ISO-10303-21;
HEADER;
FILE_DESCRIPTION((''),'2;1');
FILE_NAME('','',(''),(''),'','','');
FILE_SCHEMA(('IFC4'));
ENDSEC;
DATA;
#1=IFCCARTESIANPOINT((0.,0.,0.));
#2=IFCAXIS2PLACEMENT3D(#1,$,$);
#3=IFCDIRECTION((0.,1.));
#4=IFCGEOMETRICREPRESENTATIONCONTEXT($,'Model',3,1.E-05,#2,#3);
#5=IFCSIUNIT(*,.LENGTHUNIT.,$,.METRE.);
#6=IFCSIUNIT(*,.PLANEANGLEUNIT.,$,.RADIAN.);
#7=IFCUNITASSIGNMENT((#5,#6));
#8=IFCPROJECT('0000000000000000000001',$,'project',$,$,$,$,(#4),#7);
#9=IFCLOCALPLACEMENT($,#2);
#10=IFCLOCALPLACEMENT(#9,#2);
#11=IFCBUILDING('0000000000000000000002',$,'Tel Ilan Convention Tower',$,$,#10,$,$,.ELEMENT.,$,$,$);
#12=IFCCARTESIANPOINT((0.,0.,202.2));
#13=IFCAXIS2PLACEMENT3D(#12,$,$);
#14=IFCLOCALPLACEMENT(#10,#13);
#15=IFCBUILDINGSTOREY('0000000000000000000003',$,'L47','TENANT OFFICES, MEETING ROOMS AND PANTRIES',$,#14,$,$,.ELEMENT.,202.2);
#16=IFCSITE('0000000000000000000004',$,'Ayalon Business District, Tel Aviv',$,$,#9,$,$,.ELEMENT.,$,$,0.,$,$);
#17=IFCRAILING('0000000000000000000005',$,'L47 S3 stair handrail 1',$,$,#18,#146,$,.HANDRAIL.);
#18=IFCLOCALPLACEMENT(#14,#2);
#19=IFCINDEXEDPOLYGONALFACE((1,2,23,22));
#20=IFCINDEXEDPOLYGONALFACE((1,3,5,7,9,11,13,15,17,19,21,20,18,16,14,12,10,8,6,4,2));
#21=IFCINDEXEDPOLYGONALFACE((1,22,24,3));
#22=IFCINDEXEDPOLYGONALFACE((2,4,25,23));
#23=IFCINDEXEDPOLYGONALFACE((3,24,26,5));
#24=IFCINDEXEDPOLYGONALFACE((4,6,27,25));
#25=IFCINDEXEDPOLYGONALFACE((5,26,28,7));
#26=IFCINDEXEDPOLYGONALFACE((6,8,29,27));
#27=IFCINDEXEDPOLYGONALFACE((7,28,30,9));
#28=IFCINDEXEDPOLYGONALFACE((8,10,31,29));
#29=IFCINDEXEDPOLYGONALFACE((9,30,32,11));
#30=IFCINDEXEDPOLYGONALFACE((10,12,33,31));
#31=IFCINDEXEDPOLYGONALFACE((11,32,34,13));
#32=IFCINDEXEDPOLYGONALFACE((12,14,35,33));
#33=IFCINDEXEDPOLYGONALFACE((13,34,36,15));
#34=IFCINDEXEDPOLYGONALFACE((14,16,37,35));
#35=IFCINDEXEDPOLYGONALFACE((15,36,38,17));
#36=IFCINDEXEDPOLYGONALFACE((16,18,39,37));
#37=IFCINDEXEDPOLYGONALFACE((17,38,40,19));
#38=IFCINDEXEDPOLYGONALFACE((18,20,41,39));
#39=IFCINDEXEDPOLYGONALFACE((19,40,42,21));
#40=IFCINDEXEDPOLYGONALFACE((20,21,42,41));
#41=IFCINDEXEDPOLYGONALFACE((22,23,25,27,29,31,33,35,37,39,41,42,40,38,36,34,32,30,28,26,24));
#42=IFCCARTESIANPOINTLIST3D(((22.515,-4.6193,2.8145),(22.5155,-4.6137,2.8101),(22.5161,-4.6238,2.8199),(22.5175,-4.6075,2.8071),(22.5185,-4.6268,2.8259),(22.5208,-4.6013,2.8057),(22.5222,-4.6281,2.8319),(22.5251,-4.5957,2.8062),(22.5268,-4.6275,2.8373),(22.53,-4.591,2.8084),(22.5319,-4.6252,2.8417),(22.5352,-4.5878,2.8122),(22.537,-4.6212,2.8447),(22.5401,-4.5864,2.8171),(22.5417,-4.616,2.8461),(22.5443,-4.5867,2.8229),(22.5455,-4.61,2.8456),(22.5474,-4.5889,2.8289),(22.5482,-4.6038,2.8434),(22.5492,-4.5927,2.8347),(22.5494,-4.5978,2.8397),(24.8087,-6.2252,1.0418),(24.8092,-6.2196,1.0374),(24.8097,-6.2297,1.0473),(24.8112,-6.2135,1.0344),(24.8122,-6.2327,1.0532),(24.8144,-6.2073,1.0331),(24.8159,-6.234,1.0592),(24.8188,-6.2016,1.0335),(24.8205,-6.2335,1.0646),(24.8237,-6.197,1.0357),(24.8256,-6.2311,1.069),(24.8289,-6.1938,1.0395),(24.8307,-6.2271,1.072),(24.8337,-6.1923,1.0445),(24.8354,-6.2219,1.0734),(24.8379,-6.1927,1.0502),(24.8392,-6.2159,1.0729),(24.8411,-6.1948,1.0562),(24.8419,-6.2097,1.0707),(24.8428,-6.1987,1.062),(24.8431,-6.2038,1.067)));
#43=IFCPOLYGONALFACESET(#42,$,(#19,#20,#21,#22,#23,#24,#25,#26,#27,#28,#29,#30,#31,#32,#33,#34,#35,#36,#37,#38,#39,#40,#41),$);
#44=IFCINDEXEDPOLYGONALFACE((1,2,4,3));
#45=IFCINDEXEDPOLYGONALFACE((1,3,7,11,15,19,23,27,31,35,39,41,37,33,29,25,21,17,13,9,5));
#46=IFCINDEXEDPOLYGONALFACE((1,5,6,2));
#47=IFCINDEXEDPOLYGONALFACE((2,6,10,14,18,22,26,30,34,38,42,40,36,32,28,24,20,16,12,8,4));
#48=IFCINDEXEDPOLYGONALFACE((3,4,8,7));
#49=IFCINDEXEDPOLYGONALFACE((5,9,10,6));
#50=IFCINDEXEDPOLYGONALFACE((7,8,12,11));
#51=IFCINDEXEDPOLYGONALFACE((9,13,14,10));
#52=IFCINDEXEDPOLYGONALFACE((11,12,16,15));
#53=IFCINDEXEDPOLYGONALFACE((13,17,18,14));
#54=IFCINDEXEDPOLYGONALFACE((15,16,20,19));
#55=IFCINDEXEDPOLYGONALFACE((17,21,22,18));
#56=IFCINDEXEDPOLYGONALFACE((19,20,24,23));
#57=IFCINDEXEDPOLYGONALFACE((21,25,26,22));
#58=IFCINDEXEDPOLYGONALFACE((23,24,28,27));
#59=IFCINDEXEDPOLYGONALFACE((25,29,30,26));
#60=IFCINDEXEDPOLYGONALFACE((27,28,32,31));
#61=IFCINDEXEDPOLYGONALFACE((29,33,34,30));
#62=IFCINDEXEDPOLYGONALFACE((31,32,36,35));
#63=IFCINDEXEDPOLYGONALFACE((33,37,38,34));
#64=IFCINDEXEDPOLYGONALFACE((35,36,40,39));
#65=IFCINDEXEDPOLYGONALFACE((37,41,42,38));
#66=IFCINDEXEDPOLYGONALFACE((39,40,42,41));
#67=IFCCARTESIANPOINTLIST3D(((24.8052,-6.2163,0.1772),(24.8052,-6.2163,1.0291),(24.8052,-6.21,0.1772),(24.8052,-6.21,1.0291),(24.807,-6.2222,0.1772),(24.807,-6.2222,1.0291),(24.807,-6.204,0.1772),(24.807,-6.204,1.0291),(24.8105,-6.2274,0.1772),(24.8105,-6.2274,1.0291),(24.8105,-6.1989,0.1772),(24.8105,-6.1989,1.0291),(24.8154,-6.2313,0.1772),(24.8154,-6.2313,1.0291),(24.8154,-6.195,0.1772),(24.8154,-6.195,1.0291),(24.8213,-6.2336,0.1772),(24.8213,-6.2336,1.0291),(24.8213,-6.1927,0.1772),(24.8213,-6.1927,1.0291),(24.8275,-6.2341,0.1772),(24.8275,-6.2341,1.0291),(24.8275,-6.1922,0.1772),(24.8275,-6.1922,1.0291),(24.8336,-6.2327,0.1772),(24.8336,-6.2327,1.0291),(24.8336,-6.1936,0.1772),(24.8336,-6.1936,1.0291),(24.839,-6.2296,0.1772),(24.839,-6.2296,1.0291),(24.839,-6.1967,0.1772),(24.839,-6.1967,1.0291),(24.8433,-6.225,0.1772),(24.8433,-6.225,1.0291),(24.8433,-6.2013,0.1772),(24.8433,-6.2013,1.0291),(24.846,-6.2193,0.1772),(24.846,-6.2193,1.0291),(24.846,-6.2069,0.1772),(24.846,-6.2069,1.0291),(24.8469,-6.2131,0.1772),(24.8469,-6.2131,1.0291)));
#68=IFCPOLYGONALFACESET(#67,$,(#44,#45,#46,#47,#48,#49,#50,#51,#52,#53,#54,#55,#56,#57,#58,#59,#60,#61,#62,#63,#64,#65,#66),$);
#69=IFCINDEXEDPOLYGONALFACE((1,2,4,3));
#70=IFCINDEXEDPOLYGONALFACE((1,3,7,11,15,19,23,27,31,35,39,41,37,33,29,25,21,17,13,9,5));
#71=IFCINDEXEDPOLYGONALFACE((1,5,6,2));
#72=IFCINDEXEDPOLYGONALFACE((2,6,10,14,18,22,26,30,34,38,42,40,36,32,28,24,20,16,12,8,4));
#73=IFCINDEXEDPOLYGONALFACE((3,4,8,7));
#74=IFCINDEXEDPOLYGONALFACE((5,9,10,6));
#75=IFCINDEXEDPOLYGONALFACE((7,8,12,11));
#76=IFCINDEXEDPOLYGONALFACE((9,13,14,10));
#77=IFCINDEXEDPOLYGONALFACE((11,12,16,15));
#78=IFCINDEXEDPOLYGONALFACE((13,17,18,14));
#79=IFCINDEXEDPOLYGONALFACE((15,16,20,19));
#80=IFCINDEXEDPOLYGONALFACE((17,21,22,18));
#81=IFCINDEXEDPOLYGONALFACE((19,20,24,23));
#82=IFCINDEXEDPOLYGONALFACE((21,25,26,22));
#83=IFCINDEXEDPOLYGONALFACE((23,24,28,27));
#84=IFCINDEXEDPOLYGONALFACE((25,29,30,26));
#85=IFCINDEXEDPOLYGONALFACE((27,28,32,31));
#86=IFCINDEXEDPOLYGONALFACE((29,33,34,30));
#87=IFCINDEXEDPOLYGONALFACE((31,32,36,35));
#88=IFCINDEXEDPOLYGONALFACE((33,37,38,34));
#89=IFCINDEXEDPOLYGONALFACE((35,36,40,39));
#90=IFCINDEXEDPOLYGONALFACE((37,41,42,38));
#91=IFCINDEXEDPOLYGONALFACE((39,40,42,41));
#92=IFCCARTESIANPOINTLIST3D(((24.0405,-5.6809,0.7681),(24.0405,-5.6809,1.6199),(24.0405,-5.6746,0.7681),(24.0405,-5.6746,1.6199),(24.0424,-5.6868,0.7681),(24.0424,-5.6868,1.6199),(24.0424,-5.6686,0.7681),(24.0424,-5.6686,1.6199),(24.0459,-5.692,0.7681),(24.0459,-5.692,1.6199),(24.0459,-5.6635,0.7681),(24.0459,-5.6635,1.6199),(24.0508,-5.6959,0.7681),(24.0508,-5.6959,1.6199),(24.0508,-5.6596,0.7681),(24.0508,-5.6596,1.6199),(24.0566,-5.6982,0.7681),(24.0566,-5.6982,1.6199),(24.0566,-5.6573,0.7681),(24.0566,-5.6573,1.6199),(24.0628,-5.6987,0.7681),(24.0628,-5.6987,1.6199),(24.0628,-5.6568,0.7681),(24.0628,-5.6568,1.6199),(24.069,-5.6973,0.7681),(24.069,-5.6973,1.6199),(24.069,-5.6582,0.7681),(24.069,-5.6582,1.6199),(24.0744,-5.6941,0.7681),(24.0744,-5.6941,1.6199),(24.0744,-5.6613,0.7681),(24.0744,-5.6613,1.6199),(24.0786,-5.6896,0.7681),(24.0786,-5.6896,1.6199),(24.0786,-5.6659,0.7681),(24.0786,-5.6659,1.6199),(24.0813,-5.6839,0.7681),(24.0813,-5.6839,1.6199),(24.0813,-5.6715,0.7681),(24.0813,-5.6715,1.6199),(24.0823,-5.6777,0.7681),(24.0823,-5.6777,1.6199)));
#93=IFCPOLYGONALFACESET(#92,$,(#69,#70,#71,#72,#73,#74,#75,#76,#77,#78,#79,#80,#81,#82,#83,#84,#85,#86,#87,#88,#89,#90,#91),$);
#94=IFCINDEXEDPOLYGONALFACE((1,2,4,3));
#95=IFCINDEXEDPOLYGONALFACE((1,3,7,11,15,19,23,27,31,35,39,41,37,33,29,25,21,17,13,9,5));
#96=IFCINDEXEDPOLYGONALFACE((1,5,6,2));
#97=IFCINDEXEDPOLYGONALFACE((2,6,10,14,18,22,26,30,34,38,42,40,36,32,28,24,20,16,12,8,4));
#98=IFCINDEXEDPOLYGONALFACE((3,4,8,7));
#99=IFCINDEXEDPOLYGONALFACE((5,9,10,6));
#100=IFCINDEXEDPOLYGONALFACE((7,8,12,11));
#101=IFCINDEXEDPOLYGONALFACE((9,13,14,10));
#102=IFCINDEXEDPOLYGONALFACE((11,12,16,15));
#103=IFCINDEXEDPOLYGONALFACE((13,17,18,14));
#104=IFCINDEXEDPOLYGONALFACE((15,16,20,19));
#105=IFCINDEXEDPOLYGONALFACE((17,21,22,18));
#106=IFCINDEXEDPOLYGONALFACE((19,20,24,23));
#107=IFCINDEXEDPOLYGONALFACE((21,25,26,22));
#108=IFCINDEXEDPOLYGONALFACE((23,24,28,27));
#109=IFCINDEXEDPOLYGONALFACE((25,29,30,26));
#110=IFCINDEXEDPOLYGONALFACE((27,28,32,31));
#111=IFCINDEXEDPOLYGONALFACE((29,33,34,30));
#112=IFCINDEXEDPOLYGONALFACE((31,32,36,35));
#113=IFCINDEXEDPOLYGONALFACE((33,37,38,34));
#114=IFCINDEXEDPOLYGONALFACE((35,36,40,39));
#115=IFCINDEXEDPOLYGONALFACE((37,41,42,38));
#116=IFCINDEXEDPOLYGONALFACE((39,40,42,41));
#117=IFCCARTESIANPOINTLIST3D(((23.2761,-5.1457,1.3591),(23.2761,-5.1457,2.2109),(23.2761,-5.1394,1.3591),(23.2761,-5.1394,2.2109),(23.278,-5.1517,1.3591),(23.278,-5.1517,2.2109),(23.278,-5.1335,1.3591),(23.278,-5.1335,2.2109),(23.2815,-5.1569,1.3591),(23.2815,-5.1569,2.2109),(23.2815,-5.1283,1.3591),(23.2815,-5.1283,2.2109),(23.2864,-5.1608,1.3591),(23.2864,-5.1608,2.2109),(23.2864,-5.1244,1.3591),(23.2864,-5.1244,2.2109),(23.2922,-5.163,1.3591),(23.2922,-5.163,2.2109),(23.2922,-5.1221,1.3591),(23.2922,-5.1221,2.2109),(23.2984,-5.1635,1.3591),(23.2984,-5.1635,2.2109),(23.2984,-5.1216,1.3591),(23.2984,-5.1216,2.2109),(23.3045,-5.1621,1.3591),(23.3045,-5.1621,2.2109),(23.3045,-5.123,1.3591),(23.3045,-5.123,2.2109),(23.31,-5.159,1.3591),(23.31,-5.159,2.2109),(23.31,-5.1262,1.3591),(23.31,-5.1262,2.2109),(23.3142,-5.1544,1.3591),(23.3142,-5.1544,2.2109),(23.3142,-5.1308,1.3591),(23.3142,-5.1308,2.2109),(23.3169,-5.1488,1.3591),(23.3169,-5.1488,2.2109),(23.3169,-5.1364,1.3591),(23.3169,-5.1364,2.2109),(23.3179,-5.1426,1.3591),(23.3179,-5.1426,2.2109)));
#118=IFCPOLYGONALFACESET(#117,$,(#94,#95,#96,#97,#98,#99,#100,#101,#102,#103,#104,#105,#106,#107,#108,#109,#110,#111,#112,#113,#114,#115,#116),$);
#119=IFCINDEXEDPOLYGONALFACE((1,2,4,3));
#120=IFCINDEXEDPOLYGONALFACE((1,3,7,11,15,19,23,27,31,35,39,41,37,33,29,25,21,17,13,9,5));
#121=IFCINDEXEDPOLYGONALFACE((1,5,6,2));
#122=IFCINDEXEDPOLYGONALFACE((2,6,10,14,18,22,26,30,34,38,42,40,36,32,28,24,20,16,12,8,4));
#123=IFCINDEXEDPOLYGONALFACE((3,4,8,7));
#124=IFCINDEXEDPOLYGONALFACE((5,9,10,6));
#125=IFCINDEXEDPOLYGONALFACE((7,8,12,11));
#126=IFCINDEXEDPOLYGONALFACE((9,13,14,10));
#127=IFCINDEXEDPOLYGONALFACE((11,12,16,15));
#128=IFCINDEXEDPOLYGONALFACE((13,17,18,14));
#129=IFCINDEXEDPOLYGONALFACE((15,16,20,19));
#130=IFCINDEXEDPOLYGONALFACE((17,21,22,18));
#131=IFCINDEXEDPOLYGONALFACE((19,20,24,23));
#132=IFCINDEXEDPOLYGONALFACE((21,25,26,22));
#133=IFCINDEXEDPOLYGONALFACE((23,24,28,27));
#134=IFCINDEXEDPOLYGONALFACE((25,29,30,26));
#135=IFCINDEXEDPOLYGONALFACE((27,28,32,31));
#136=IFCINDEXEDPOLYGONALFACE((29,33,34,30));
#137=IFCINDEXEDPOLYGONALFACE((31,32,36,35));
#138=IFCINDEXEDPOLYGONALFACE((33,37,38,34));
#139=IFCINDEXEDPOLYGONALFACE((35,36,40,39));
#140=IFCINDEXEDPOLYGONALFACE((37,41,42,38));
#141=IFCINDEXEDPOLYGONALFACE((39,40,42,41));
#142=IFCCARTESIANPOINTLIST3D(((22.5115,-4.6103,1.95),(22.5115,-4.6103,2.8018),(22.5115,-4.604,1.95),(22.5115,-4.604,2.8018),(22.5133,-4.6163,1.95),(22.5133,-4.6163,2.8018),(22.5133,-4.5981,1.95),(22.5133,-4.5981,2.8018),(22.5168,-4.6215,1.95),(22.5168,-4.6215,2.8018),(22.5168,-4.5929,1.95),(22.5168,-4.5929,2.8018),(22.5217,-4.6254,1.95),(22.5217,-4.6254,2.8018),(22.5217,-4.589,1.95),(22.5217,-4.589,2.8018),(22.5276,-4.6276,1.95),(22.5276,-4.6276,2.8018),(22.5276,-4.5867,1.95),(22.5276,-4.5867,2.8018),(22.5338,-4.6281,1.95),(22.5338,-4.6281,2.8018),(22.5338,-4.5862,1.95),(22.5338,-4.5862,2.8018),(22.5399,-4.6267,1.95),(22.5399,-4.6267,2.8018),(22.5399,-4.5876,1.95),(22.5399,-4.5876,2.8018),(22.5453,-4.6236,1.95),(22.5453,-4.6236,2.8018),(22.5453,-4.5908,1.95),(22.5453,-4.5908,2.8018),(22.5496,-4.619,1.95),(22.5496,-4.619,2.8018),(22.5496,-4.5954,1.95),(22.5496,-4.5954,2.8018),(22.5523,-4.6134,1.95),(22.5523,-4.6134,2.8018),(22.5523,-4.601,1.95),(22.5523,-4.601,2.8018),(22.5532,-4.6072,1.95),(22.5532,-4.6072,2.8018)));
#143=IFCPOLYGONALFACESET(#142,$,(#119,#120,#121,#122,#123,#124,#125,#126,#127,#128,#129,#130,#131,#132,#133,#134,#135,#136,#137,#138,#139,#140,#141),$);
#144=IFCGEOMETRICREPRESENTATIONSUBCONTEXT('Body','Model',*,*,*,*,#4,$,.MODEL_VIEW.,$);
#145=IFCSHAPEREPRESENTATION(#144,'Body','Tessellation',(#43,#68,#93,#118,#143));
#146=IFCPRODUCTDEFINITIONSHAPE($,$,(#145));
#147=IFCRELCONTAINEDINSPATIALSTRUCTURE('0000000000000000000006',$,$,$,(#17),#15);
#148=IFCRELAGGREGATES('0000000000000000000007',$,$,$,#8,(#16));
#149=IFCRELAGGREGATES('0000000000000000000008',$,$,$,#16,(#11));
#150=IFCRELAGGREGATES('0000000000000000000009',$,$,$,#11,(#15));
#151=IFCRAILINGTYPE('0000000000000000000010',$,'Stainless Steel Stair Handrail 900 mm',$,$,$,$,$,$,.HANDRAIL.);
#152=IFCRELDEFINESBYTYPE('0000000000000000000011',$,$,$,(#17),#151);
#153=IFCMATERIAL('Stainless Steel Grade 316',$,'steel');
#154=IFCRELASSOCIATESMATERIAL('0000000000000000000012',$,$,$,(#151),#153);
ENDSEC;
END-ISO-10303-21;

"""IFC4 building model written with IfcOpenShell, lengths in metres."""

from ifc_helpers import new_model, si_unit, direction, frame, origin, origin_2d, place, context, subcontext, project, spatial, circle, extrude, material, type_object, element, save


model = new_model("IFC4")

# Units and contexts
model_context = context("Model", 3, precision=1e-05, world=origin(), true_north=direction((0.0, 1.0)))
body_context = subcontext(model_context, "Body", "Model", "MODEL_VIEW")
ifc_project = project(units=[si_unit("LENGTHUNIT", "METRE"), si_unit("PLANEANGLEUNIT", "RADIAN")], contexts=[model_context])

# Site, building, storey
site_placement = place(None, origin())
site = spatial("IfcSite", under=ifc_project, at=site_placement, Name="Ayalon Business District, Tel Aviv", CompositionType="ELEMENT", RefElevation=0.0)
building_placement = place(site_placement, origin())
building = spatial("IfcBuilding", under=site, at=building_placement, Name="Tel Ilan Convention Tower", CompositionType="ELEMENT")
storey_placement = place(building_placement, frame((0.0, 0.0, 202.2)))
storey = spatial("IfcBuildingStorey", under=building, at=storey_placement, Name="L47", Description="TENANT OFFICES, MEETING ROOMS AND PANTRIES", CompositionType="ELEMENT", Elevation=202.2)

# Railing
ifc_material_1 = material(Name="Stainless Steel Grade 316", Category="steel")
railing_type_1 = type_object("IfcRailingType", Name="Stainless Steel Stair Handrail 900 mm", PredefinedType="HANDRAIL", material=ifc_material_1)
railing_1_placement = place(storey_placement, frame((24.8259, -6.2131, 0.1772)))
element("IfcRailing", 1, at=railing_1_placement, inside=storey, type_object=railing_type_1, Name="L47 S3 stair handrail 1", PredefinedType="HANDRAIL", context=body_context, shape_type="SweptSolid", body=[
    extrude(circle(Radius=0.0239, at=origin_2d()), frame((0.0, 0.0, 0.876), z_axis=(-0.692123, 0.484597, 0.534913), x_axis=(-0.57355, -0.81917, 0.0)), (0.0, 0.0, 1.0), 3.314),
    extrude(circle(Radius=0.021, at=origin_2d()), origin(), (0.0, 0.0, 1.0), 0.8518),
    extrude(circle(Radius=0.021, at=origin_2d()), frame((-0.7646, 0.5354, 0.5908)), (0.0, 0.0, 1.0), 0.8518),
    extrude(circle(Radius=0.021, at=origin_2d()), frame((-1.5291, 1.0706, 1.1819)), (0.0, 0.0, 1.0), 0.8518),
    extrude(circle(Radius=0.021, at=origin_2d()), frame((-2.2937, 1.606, 1.7727)), (0.0, 0.0, 1.0), 0.8518),
])

save(model, "model.ifc")
